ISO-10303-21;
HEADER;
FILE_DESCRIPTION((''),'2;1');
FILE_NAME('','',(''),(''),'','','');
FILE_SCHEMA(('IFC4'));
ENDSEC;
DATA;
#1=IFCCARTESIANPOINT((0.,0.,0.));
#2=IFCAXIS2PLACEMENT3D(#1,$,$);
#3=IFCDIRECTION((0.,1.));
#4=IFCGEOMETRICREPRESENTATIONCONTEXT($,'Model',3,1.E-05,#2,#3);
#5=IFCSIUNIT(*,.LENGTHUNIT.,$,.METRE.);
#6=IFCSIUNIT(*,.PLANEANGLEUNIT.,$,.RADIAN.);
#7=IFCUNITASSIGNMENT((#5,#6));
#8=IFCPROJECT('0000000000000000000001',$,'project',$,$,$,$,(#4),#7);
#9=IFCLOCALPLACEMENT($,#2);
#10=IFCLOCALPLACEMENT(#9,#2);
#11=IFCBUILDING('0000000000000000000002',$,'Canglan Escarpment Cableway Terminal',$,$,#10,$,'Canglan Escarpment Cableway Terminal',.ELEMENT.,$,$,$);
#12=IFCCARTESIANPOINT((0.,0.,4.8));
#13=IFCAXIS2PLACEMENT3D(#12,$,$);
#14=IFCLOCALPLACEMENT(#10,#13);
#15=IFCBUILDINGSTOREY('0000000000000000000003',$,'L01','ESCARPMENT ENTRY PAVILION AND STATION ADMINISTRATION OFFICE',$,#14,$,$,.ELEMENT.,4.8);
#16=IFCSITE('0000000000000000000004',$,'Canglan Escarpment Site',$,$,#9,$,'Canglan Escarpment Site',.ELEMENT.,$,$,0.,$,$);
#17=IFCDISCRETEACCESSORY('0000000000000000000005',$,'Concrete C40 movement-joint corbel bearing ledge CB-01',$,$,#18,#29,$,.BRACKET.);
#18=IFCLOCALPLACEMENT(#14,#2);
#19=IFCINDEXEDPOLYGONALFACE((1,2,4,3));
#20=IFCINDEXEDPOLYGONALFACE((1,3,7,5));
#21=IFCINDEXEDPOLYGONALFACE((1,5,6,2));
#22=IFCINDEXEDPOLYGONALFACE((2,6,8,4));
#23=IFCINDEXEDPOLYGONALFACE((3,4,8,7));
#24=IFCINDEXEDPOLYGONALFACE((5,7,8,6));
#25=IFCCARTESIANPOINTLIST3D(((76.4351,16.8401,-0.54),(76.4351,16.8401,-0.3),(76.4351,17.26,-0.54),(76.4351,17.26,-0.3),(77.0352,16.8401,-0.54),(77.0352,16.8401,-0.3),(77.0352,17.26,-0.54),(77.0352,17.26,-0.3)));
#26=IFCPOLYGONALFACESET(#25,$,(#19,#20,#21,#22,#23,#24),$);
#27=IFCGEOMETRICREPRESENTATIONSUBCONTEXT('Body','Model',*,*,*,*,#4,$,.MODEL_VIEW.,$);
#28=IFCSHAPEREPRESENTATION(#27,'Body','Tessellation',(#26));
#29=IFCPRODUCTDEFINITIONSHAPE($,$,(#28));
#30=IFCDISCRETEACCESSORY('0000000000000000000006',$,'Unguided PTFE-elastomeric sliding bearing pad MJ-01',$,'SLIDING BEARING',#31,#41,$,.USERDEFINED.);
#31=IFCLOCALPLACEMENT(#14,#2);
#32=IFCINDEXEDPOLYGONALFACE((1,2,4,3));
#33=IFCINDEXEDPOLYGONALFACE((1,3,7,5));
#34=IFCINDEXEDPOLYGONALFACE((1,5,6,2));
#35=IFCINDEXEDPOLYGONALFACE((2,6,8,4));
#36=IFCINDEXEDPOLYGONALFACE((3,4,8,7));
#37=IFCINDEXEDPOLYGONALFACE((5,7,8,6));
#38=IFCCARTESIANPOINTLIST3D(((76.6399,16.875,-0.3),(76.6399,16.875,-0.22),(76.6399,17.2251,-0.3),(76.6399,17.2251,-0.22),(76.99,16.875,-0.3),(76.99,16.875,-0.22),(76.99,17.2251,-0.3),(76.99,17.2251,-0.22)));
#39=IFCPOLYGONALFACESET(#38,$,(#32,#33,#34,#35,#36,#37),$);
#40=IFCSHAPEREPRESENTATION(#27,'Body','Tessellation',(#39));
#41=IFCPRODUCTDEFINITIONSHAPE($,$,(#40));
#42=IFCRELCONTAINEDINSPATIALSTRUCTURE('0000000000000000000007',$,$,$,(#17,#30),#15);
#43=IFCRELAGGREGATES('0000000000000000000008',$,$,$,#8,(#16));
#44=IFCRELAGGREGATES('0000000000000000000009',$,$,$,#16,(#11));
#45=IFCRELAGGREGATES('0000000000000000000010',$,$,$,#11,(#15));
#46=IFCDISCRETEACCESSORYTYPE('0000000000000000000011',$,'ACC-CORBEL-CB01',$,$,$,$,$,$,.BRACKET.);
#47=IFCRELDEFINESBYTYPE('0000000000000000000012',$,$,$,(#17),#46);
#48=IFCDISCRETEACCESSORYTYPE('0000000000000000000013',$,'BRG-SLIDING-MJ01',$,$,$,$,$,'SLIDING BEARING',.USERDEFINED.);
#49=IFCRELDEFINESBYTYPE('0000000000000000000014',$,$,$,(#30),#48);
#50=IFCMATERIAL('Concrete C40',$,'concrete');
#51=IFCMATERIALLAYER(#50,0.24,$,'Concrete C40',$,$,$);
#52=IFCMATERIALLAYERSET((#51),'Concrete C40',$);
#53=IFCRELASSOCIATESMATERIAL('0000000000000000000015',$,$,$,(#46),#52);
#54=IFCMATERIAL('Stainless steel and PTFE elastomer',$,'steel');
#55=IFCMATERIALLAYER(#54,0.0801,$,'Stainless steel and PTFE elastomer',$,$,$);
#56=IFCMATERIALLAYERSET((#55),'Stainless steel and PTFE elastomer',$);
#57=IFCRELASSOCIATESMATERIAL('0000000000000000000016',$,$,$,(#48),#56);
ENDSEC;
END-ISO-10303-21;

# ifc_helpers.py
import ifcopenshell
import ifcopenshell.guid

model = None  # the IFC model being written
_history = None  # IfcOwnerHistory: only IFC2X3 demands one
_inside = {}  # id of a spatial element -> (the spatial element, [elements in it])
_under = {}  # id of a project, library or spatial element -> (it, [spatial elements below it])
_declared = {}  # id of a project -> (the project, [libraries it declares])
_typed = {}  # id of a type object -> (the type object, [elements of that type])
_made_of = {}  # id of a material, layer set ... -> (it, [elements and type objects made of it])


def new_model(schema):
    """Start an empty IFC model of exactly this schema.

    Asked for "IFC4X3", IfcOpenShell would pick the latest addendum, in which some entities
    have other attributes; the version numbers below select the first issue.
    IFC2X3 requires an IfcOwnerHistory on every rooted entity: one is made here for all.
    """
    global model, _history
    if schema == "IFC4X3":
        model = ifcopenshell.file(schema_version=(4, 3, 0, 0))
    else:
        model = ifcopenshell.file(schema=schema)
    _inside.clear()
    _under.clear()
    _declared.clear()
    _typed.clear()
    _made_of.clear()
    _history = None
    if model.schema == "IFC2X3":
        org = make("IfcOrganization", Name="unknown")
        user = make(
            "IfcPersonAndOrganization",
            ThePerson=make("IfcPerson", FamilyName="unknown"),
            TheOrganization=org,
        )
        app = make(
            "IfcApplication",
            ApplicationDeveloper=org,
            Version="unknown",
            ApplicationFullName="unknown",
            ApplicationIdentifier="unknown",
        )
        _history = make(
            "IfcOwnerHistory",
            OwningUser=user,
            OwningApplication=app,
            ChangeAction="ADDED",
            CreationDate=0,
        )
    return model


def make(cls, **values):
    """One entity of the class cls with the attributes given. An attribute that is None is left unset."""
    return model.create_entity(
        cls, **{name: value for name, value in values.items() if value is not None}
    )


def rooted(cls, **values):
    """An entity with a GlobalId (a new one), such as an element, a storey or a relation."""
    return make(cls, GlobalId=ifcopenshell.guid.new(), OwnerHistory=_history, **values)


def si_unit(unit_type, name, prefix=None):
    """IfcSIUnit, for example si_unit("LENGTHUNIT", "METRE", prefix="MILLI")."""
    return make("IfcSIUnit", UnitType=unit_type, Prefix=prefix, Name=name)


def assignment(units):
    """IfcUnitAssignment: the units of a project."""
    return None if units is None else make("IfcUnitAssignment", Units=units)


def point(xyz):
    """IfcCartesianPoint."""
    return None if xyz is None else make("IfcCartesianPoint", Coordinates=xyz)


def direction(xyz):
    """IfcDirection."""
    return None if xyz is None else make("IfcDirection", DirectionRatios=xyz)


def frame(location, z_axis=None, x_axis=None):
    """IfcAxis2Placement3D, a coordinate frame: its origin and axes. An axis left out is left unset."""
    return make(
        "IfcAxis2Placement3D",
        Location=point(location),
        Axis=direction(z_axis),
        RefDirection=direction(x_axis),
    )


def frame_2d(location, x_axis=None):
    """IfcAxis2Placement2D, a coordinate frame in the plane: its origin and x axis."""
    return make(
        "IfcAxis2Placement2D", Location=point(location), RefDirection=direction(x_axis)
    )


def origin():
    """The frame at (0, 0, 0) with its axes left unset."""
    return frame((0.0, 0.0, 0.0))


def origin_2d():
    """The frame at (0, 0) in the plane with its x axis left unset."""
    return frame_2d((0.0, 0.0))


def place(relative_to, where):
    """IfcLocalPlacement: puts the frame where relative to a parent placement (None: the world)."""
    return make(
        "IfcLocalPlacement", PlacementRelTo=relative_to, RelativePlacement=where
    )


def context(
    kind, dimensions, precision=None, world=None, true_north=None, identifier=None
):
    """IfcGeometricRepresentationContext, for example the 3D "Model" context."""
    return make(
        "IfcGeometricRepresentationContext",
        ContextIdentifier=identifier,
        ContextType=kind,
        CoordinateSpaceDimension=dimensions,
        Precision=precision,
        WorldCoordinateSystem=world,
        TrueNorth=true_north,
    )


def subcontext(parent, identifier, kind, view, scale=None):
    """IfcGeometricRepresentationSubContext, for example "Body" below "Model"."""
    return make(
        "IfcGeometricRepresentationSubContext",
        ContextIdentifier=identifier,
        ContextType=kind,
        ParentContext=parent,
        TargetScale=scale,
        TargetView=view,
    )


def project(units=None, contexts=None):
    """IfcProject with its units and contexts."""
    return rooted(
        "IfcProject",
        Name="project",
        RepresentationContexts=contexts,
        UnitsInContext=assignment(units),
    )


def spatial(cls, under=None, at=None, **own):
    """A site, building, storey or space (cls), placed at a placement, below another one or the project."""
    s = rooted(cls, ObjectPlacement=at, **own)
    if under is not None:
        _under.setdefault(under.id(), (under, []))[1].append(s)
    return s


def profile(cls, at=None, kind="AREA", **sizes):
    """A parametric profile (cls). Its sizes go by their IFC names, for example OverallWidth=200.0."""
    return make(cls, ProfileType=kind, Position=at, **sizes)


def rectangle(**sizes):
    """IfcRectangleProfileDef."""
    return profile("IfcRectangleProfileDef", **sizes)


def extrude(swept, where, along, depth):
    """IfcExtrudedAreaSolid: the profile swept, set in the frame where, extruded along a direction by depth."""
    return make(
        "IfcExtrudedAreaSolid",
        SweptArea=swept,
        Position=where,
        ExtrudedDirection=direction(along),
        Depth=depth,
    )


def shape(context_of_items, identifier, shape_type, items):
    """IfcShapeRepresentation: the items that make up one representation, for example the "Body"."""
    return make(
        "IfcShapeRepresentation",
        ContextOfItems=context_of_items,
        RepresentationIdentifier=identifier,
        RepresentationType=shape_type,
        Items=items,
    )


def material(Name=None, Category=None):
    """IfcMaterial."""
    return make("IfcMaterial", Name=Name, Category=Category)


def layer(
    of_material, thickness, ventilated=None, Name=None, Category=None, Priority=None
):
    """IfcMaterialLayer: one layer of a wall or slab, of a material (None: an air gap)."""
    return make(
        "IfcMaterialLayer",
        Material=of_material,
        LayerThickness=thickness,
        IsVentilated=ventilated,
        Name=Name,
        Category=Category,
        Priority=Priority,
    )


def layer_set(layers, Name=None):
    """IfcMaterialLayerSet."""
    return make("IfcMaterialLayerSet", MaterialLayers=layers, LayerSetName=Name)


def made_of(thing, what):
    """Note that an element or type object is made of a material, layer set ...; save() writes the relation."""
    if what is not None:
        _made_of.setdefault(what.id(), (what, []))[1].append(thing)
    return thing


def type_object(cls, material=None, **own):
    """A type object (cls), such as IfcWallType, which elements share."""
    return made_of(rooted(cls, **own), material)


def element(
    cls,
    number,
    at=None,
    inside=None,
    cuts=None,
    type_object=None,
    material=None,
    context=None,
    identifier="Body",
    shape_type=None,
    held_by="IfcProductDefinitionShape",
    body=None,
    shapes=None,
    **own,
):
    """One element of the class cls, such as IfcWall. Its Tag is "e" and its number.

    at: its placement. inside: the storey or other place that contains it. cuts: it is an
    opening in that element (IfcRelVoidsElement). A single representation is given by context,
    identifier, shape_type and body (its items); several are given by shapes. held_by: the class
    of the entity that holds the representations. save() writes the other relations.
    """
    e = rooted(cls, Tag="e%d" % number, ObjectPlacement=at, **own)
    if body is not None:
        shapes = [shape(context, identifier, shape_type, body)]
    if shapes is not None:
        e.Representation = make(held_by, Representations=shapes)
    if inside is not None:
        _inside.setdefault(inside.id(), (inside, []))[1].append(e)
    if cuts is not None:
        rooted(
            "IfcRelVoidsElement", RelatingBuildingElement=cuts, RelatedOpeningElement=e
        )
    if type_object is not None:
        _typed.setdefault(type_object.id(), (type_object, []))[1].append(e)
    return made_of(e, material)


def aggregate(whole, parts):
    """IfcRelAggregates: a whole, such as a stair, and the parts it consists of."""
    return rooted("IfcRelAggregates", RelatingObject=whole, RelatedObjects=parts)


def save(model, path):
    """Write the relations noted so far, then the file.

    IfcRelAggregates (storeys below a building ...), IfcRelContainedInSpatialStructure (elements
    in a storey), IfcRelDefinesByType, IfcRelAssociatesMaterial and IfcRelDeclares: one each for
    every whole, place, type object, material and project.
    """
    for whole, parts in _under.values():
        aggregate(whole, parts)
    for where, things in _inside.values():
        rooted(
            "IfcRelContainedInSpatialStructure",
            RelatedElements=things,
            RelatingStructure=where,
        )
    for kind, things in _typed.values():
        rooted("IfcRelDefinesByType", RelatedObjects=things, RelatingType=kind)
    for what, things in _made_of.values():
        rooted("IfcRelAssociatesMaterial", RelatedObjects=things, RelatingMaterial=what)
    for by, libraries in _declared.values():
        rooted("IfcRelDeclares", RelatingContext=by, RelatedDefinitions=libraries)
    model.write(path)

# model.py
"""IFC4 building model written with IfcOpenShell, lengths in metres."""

from ifc_helpers import new_model, si_unit, direction, frame, origin, origin_2d, place, context, subcontext, project, spatial, rectangle, extrude, material, layer, layer_set, type_object, element, save


model = new_model("IFC4")

# Units and contexts
model_context = context("Model", 3, precision=1e-05, world=origin(), true_north=direction((0.0, 1.0)))
body_context = subcontext(model_context, "Body", "Model", "MODEL_VIEW")
ifc_project = project(units=[si_unit("LENGTHUNIT", "METRE"), si_unit("PLANEANGLEUNIT", "RADIAN")], contexts=[model_context])

# Site, building, storey
site_placement = place(None, origin())
site = spatial("IfcSite", under=ifc_project, at=site_placement, Name="Canglan Escarpment Site", LongName="Canglan Escarpment Site", CompositionType="ELEMENT", RefElevation=0.0)
building_placement = place(site_placement, origin())
building = spatial("IfcBuilding", under=site, at=building_placement, Name="Canglan Escarpment Cableway Terminal", LongName="Canglan Escarpment Cableway Terminal", CompositionType="ELEMENT")
storey_placement = place(building_placement, frame((0.0, 0.0, 4.8)))
storey = spatial("IfcBuildingStorey", under=building, at=storey_placement, Name="L01", Description="ESCARPMENT ENTRY PAVILION AND STATION ADMINISTRATION OFFICE", CompositionType="ELEMENT", Elevation=4.8)

# Shared definitions
ifc_material_1 = material(Name="Concrete C40", Category="concrete")

# Discrete accessories
ifc_layer_1 = layer(ifc_material_1, 0.24, Name="Concrete C40")
ifc_layer_set_1 = layer_set([ifc_layer_1], Name="Concrete C40")
discrete_accessory_type_1 = type_object("IfcDiscreteAccessoryType", Name="ACC-CORBEL-CB01", PredefinedType="BRACKET", material=ifc_layer_set_1)
discrete_accessory_1_placement = place(storey_placement, frame((76.7351, 17.05, -0.54), z_axis=(0.0, 0.0, 1.0), x_axis=(1.0, 0.0, 0.0)))
element("IfcDiscreteAccessory", 1, at=discrete_accessory_1_placement, inside=storey, type_object=discrete_accessory_type_1, Name="Concrete C40 movement-joint corbel bearing ledge CB-01", PredefinedType="BRACKET", context=body_context, shape_type="SweptSolid", body=[
    extrude(rectangle(XDim=0.6001, YDim=0.4199, at=origin_2d()), origin(), (0.0, 0.0, 1.0), 0.24),
])
ifc_material_2 = material(Name="Stainless steel and PTFE elastomer", Category="steel")
ifc_layer_2 = layer(ifc_material_2, 0.0801, Name="Stainless steel and PTFE elastomer")
ifc_layer_set_2 = layer_set([ifc_layer_2], Name="Stainless steel and PTFE elastomer")
discrete_accessory_type_2 = type_object("IfcDiscreteAccessoryType", Name="BRG-SLIDING-MJ01", ElementType="SLIDING BEARING", PredefinedType="USERDEFINED", material=ifc_layer_set_2)
discrete_accessory_2_placement = place(storey_placement, frame((76.8149, 17.05, -0.3), z_axis=(0.0, 0.0, 1.0), x_axis=(1.0, 0.0, 0.0)))
element("IfcDiscreteAccessory", 2, at=discrete_accessory_2_placement, inside=storey, type_object=discrete_accessory_type_2, Name="Unguided PTFE-elastomeric sliding bearing pad MJ-01", ObjectType="SLIDING BEARING", PredefinedType="USERDEFINED", context=body_context, shape_type="SweptSolid", body=[
    extrude(rectangle(XDim=0.3501, YDim=0.3501, at=origin_2d()), origin(), (0.0, 0.0, 1.0), 0.0801),
])

save(model, "model.ifc")
